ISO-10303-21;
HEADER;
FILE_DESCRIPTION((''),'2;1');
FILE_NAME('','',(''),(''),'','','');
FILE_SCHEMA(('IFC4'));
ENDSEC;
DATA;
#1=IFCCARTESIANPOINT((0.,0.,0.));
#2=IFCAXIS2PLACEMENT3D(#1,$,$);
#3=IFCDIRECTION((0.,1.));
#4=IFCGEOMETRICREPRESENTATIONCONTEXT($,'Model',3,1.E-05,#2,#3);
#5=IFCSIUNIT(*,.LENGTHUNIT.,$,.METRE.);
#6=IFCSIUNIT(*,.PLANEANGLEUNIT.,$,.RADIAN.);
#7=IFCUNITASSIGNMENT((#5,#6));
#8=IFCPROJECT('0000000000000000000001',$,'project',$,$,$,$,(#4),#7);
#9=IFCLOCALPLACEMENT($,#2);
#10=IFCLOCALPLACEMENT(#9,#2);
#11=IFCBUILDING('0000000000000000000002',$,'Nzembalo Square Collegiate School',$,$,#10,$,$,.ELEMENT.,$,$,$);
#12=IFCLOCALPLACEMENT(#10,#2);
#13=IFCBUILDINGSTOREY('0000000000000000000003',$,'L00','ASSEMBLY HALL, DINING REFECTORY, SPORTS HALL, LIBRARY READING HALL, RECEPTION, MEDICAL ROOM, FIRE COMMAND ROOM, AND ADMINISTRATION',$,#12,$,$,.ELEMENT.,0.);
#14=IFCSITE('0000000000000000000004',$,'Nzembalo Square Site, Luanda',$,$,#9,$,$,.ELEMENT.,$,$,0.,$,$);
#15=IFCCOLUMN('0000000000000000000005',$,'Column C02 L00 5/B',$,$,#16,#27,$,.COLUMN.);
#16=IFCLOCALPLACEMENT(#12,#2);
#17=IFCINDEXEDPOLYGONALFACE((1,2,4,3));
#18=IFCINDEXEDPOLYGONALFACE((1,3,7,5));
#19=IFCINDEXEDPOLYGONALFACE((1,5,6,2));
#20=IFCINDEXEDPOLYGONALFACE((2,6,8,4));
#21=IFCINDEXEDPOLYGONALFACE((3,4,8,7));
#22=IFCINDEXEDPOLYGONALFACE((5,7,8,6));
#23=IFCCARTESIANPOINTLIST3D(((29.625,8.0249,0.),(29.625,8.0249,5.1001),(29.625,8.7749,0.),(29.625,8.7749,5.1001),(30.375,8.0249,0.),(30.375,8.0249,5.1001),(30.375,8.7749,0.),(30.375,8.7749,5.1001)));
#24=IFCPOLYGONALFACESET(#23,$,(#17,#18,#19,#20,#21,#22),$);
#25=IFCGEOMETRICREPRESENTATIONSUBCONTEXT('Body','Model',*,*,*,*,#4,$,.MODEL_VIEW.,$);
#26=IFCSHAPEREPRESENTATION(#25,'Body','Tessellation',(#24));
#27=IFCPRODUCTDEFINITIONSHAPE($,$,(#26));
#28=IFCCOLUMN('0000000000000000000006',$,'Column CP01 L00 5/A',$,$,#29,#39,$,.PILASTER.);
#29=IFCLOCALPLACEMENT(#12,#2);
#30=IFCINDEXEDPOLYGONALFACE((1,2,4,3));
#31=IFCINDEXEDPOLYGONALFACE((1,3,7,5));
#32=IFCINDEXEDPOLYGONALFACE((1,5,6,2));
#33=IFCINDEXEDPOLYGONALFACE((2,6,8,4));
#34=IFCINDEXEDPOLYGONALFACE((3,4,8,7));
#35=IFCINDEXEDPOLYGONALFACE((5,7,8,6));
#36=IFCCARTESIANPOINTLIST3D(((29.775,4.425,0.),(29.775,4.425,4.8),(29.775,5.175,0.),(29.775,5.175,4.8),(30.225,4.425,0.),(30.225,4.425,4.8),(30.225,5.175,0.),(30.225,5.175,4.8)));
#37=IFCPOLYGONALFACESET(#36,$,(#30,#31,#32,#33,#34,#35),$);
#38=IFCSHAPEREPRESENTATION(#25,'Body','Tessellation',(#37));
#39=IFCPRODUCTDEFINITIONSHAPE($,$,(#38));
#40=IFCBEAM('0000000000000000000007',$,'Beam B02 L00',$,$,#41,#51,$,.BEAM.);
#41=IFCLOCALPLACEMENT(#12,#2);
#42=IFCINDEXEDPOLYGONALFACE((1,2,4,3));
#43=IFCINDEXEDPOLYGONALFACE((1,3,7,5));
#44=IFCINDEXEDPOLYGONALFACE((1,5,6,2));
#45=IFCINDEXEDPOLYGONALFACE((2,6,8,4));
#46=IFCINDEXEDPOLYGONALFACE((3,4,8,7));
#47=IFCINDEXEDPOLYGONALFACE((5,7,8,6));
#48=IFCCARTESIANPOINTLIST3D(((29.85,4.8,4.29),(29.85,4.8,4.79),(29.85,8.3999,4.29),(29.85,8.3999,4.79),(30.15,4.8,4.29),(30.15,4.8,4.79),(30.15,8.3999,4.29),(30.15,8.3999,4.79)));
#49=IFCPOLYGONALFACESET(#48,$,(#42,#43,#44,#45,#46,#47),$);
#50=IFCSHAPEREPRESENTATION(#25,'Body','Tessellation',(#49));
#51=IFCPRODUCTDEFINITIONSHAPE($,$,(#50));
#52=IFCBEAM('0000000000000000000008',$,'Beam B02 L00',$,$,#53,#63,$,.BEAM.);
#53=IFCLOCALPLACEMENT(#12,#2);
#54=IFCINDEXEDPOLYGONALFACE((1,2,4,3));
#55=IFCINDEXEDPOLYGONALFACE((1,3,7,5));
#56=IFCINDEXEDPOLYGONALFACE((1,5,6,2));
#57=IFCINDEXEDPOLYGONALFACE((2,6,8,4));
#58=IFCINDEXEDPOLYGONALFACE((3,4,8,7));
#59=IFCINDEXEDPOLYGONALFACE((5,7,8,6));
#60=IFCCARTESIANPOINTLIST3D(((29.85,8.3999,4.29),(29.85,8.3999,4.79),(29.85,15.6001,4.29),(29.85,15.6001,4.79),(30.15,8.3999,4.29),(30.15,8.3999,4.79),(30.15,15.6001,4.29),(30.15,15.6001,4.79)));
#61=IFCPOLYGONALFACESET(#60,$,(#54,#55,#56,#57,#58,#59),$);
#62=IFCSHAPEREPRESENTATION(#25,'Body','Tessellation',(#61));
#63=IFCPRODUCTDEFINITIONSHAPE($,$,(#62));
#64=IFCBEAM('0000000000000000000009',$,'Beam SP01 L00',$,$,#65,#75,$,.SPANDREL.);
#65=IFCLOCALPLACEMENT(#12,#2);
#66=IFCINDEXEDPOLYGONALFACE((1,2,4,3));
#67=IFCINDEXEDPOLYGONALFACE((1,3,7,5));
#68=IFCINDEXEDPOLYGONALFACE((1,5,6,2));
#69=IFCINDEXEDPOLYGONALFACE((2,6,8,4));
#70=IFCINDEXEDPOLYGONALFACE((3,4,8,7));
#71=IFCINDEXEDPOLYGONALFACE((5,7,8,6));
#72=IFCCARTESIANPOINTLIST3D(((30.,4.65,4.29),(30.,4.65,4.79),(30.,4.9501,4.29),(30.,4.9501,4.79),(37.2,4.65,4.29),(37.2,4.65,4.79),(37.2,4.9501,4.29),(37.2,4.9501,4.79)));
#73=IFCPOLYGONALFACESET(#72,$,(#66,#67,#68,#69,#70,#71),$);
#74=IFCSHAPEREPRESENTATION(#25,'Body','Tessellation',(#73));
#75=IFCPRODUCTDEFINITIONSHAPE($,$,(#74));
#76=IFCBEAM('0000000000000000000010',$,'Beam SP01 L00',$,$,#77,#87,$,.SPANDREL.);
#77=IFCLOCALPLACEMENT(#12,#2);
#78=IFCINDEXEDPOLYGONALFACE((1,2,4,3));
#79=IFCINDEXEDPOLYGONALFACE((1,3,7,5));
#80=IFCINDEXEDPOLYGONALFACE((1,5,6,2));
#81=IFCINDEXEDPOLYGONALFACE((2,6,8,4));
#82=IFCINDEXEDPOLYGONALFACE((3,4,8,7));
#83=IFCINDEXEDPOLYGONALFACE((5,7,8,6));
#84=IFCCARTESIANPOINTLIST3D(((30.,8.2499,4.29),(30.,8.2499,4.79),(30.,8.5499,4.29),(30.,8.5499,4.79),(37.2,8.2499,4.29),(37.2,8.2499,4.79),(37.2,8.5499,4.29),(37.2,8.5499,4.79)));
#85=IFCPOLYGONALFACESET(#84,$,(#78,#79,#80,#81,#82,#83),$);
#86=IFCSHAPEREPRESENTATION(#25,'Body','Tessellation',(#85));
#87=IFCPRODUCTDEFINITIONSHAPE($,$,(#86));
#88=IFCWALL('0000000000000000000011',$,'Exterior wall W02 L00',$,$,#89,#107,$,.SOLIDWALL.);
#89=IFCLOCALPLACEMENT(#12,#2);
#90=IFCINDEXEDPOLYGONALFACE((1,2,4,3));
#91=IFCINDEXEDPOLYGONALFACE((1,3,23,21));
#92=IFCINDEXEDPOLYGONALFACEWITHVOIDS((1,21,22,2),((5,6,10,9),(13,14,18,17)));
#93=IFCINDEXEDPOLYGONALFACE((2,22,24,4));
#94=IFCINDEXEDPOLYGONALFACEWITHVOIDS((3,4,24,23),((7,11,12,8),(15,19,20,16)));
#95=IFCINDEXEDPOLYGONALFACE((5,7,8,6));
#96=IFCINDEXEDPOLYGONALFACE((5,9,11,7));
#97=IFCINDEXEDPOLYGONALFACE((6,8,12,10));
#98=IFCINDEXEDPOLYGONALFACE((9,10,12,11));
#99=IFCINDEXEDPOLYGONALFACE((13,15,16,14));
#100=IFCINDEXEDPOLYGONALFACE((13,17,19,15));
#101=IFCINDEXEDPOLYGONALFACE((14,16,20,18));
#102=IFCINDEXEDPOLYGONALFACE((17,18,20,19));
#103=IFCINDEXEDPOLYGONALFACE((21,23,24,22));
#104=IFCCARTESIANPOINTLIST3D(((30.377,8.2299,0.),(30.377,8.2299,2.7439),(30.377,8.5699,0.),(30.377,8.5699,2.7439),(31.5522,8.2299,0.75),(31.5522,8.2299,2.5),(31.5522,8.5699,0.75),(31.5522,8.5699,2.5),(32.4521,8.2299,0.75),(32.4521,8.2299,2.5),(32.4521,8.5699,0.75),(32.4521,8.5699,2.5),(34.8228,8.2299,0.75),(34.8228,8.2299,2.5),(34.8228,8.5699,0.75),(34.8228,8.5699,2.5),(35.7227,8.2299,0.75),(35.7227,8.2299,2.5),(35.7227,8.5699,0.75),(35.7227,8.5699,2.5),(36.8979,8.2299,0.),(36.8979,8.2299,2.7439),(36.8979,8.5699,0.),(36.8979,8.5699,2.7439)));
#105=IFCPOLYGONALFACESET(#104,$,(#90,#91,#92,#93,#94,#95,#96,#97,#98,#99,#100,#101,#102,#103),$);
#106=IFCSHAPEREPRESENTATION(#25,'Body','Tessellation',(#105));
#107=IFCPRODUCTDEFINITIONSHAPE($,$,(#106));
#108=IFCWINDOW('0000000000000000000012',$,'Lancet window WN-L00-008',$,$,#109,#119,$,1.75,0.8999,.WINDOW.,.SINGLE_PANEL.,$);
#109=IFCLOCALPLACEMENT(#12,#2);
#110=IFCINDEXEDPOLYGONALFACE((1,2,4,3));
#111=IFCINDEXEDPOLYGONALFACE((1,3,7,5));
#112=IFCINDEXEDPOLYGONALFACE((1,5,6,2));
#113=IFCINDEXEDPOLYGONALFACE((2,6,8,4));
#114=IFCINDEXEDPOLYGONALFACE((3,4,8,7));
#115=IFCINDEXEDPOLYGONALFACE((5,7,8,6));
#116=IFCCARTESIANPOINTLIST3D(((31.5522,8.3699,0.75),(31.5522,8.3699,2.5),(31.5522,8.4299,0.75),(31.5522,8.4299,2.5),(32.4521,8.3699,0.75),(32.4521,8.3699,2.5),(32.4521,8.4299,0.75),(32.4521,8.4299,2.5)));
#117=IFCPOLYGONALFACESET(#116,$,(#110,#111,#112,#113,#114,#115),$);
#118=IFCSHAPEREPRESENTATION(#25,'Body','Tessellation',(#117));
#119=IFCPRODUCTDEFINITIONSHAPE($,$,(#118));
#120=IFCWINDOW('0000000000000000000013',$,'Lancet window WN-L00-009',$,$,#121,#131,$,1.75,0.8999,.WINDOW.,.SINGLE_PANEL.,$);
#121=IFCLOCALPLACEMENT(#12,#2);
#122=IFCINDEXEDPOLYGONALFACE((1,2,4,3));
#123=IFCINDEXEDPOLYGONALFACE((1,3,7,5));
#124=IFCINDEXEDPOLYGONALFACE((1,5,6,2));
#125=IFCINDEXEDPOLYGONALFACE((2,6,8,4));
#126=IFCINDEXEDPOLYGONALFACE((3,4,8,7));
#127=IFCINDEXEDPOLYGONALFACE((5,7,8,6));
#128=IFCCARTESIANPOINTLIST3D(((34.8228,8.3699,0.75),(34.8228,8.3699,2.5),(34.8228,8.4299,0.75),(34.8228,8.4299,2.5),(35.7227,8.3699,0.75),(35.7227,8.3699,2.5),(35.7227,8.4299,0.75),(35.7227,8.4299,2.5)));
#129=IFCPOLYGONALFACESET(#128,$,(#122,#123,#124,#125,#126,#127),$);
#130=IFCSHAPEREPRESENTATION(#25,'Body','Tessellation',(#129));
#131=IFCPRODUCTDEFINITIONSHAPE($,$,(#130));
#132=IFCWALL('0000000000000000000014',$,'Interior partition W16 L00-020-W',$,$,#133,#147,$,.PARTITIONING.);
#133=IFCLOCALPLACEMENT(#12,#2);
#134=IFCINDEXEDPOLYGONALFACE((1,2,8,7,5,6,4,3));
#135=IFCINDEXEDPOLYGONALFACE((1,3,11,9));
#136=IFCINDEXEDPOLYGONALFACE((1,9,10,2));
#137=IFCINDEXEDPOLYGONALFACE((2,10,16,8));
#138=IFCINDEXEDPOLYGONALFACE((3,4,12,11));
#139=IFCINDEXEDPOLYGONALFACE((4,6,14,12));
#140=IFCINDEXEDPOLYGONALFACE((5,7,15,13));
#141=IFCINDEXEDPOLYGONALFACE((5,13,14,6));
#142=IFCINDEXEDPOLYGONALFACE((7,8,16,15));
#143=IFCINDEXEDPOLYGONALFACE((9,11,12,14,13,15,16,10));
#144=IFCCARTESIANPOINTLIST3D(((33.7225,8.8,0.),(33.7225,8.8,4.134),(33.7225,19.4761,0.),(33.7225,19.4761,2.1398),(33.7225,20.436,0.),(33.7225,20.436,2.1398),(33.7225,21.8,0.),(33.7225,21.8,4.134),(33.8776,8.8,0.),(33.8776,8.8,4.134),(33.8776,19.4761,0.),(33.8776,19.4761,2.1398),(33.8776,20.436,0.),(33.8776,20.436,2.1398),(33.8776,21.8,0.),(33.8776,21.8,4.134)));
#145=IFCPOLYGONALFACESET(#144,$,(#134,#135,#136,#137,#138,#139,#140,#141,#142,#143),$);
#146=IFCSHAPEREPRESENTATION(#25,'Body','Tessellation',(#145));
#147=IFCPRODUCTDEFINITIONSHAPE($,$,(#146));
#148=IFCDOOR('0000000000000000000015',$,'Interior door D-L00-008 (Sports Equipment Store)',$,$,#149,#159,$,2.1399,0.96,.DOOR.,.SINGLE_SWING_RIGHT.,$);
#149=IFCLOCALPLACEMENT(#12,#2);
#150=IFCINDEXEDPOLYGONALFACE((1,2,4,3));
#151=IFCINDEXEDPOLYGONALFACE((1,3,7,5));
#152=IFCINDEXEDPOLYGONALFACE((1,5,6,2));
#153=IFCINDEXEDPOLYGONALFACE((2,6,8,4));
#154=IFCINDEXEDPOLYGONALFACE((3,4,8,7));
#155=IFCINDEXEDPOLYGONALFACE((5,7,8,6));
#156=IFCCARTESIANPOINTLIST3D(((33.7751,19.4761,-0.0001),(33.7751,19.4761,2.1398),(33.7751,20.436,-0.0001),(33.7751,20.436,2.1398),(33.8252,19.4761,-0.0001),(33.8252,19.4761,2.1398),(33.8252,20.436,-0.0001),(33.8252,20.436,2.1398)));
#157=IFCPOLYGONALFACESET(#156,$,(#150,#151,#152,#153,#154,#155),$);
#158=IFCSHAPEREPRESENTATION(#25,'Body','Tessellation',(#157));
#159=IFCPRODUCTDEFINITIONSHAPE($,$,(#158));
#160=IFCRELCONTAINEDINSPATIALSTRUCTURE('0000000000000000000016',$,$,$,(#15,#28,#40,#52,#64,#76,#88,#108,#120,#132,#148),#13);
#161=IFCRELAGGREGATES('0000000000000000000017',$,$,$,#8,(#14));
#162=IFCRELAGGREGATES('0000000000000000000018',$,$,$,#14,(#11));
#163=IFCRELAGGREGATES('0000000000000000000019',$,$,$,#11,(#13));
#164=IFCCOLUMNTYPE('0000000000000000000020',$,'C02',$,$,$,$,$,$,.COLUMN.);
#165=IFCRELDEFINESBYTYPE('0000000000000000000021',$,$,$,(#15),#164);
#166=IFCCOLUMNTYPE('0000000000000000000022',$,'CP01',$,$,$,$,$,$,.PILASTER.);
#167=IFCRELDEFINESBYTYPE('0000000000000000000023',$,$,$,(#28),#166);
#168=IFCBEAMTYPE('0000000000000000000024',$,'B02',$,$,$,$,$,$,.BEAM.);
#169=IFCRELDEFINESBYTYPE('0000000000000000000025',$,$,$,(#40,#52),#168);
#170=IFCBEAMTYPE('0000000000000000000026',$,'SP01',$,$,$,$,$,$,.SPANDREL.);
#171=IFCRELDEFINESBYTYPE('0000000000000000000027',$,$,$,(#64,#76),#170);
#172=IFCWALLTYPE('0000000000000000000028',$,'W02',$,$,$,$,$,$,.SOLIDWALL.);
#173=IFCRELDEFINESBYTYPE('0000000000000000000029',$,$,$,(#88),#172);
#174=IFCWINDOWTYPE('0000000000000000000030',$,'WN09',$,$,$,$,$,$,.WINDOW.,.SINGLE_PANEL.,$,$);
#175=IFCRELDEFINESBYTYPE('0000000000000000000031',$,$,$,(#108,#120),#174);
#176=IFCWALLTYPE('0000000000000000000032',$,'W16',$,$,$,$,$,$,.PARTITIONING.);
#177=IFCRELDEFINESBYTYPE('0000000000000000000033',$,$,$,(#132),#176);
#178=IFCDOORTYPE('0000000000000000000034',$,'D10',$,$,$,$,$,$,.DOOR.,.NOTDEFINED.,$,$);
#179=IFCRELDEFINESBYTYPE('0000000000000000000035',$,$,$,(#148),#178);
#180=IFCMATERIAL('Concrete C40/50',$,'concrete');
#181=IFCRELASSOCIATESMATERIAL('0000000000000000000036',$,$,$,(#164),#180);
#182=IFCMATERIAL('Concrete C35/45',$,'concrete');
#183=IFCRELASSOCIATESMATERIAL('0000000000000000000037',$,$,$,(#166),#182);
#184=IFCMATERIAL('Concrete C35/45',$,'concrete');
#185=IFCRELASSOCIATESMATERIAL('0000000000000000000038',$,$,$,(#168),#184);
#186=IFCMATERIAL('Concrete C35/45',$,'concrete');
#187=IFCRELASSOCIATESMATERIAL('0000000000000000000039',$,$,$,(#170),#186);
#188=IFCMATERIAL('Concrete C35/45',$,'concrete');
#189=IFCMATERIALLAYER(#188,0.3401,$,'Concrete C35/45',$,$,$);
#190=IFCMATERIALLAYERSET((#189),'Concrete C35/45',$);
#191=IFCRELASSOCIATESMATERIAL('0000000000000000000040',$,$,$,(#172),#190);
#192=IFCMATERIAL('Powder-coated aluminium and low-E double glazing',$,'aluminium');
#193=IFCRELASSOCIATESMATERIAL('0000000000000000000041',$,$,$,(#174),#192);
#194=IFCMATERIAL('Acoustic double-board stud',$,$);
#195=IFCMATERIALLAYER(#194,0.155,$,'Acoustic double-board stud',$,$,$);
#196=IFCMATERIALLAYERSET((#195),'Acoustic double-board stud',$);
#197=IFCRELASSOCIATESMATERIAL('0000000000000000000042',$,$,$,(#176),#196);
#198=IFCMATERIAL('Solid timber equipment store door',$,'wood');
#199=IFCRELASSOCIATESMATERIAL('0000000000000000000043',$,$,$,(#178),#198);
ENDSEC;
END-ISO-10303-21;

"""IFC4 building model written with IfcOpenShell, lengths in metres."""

from ifc_helpers import new_model, si_unit, direction, frame, frame_2d, origin, origin_2d, place, context, subcontext, project, spatial, rectangle, extrude, material, layer, layer_set, material_profile, profile_set, type_object, element, fill, save


model = new_model("IFC4")

# Units and contexts
model_context = context("Model", 3, precision=1e-05, world=origin(), true_north=direction((0.0, 1.0)))
body_context = subcontext(model_context, "Body", "Model", "MODEL_VIEW")
ifc_project = project(units=[si_unit("LENGTHUNIT", "METRE"), si_unit("PLANEANGLEUNIT", "RADIAN")], contexts=[model_context])

# Site, building, storey
site_placement = place(None, origin())
site = spatial("IfcSite", under=ifc_project, at=site_placement, Name="Nzembalo Square Site, Luanda", CompositionType="ELEMENT", RefElevation=0.0)
building_placement = place(site_placement, origin())
building = spatial("IfcBuilding", under=site, at=building_placement, Name="Nzembalo Square Collegiate School", CompositionType="ELEMENT")
storey_placement = place(building_placement, origin())
storey = spatial("IfcBuildingStorey", under=building, at=storey_placement, Name="L00", Description="ASSEMBLY HALL, DINING REFECTORY, SPORTS HALL, LIBRARY READING HALL, RECEPTION, MEDICAL ROOM, FIRE COMMAND ROOM, AND ADMINISTRATION", CompositionType="ELEMENT", Elevation=0.0)

# Columns
ifc_material_1 = material(Name="Concrete C40/50", Category="concrete")
ifc_material_profile_1 = material_profile(ifc_material_1, rectangle(XDim=0.75, YDim=0.75, at=origin_2d()), Name="RC 750x750")
ifc_profile_set_1 = profile_set([ifc_material_profile_1], Name="Concrete C40/50")
column_type_1 = type_object("IfcColumnType", Name="C02", PredefinedType="COLUMN", material=ifc_profile_set_1)
column_1_placement = place(storey_placement, frame((30.0, 8.3999, 0.0), z_axis=(0.0, 0.0, 1.0), x_axis=(1.0, 0.0, 0.0)))
element("IfcColumn", 1, at=column_1_placement, inside=storey, type_object=column_type_1, Name="Column C02 L00 5/B", PredefinedType="COLUMN", context=body_context, shape_type="SweptSolid", body=[
    extrude(rectangle(XDim=0.75, YDim=0.75, at=origin_2d()), origin(), (0.0, 0.0, 1.0), 5.1001),
])
ifc_material_2 = material(Name="Concrete C35/45", Category="concrete")
ifc_material_profile_2 = material_profile(ifc_material_2, rectangle(XDim=0.45, YDim=0.75, at=origin_2d()), Name="RC 450x750")
ifc_profile_set_2 = profile_set([ifc_material_profile_2], Name="Concrete C35/45")
column_type_2 = type_object("IfcColumnType", Name="CP01", PredefinedType="PILASTER", material=ifc_profile_set_2)
column_2_placement = place(storey_placement, frame((30.0, 4.8, 0.0), z_axis=(0.0, 0.0, 1.0), x_axis=(1.0, 0.0, 0.0)))
element("IfcColumn", 2, at=column_2_placement, inside=storey, type_object=column_type_2, Name="Column CP01 L00 5/A", PredefinedType="PILASTER", context=body_context, shape_type="SweptSolid", body=[
    extrude(rectangle(XDim=0.45, YDim=0.75, at=origin_2d()), origin(), (0.0, 0.0, 1.0), 4.8),
])

# Beams
ifc_material_3 = material(Name="Concrete C35/45", Category="concrete")
ifc_material_profile_3 = material_profile(ifc_material_3, rectangle(XDim=0.3, YDim=0.5, at=origin_2d()), Name="RC 300x500")
ifc_profile_set_3 = profile_set([ifc_material_profile_3], Name="Concrete C35/45")
beam_type_1 = type_object("IfcBeamType", Name="B02", PredefinedType="BEAM", material=ifc_profile_set_3)
beam_1_placement = place(storey_placement, frame((30.0, 4.8, 4.54), z_axis=(0.0, 1.0, 0.0), x_axis=(-1.0, 0.0, 0.0)))
element("IfcBeam", 3, at=beam_1_placement, inside=storey, type_object=beam_type_1, Name="Beam B02 L00", PredefinedType="BEAM", context=body_context, shape_type="SweptSolid", body=[
    extrude(rectangle(XDim=0.3, YDim=0.5, at=origin_2d()), origin(), (0.0, 0.0, 1.0), 3.5999),
])
beam_2_placement = place(storey_placement, frame((30.0, 8.3999, 4.54), z_axis=(0.0, 1.0, 0.0), x_axis=(-1.0, 0.0, 0.0)))
element("IfcBeam", 4, at=beam_2_placement, inside=storey, type_object=beam_type_1, Name="Beam B02 L00", PredefinedType="BEAM", context=body_context, shape_type="SweptSolid", body=[
    extrude(rectangle(XDim=0.3, YDim=0.5, at=origin_2d()), origin(), (0.0, 0.0, 1.0), 7.2002),
])
ifc_material_4 = material(Name="Concrete C35/45", Category="concrete")
ifc_material_profile_4 = material_profile(ifc_material_4, rectangle(XDim=0.3, YDim=0.5, at=origin_2d()), Name="RC 300x500")
ifc_profile_set_4 = profile_set([ifc_material_profile_4], Name="Concrete C35/45")
beam_type_2 = type_object("IfcBeamType", Name="SP01", PredefinedType="SPANDREL", material=ifc_profile_set_4)
for number, where, z_axis, x_axis, name in (
    (5, (30.0, 4.8, 4.54), (1.0, 0.0, 0.0), (0.0, 1.0, 0.0), "Beam SP01 L00"),
    (6, (30.0, 8.3999, 4.54), (1.0, 0.0, 0.0), (0.0, 1.0, 0.0), "Beam SP01 L00"),
):
    element("IfcBeam", number, at=place(storey_placement, frame(where, z_axis=z_axis, x_axis=x_axis)), inside=storey, type_object=beam_type_2, Name=name, PredefinedType="SPANDREL", context=body_context, shape_type="SweptSolid", body=[
        extrude(rectangle(XDim=0.3, YDim=0.5, at=origin_2d()), origin(), (0.0, 0.0, 1.0), 7.2),
    ])

# Wall, openings, windows
ifc_material_5 = material(Name="Concrete C35/45", Category="concrete")
ifc_layer_1 = layer(ifc_material_5, 0.3401, Name="Concrete C35/45")
ifc_layer_set_1 = layer_set([ifc_layer_1], Name="Concrete C35/45")
wall_type_1 = type_object("IfcWallType", Name="W02", PredefinedType="SOLIDWALL", material=ifc_layer_set_1)
wall_1_placement = place(storey_placement, frame((30.377, 8.3999, 0.0), z_axis=(0.0, 0.0, 1.0), x_axis=(1.0, 0.0, 0.0)))
wall_1 = element("IfcWall", 7, at=wall_1_placement, inside=storey, type_object=wall_type_1, Name="Exterior wall W02 L00", PredefinedType="SOLIDWALL", context=body_context, shape_type="SweptSolid", body=[
    extrude(rectangle(XDim=6.521, YDim=0.3401, at=frame_2d((3.2605, 0.0))), origin(), (0.0, 0.0, 1.0), 2.7439),
])
opening_1_placement = place(wall_1_placement, frame((1.1753, 0.0, 0.75)))
opening_1 = element("IfcOpeningElement", 8, at=opening_1_placement, cuts=wall_1, PredefinedType="OPENING", context=body_context, shape_type="SweptSolid", body=[
    extrude(rectangle(XDim=0.8999, YDim=1.75, at=frame_2d((0.45, 0.875))), frame((0.0, 0.1802, 0.0), z_axis=(0.0, -1.0, 0.0), x_axis=(1.0, 0.0, 0.0)), (0.0, 0.0, 1.0), 0.3601),
])
opening_2_placement = place(wall_1_placement, frame((4.4458, 0.0, 0.75)))
opening_2 = element("IfcOpeningElement", 9, at=opening_2_placement, cuts=wall_1, PredefinedType="OPENING", context=body_context, shape_type="SweptSolid", body=[
    extrude(rectangle(XDim=0.8999, YDim=1.75, at=frame_2d((0.45, 0.875))), frame((0.0, 0.1802, 0.0), z_axis=(0.0, -1.0, 0.0), x_axis=(1.0, 0.0, 0.0)), (0.0, 0.0, 1.0), 0.3601),
])
ifc_material_6 = material(Name="Powder-coated aluminium and low-E double glazing", Category="aluminium")
window_type = type_object("IfcWindowType", Name="WN09", PartitioningType="SINGLE_PANEL", PredefinedType="WINDOW", material=ifc_material_6)
window_1_placement = place(opening_1_placement, origin())
window_1 = element("IfcWindow", 10, at=window_1_placement, inside=storey, type_object=window_type, Name="Lancet window WN-L00-008", OverallHeight=1.75, OverallWidth=0.8999, PartitioningType="SINGLE_PANEL", PredefinedType="WINDOW", context=body_context, shape_type="SweptSolid", body=[
    extrude(rectangle(XDim=0.8999, YDim=1.75, at=frame_2d((0.45, 0.875))), frame((0.0, 0.03, 0.0), z_axis=(0.0, -1.0, 0.0), x_axis=(1.0, 0.0, 0.0)), (0.0, 0.0, 1.0), 0.0601),
])
fill(opening_1, window_1)
window_2_placement = place(opening_2_placement, origin())
window_2 = element("IfcWindow", 11, at=window_2_placement, inside=storey, type_object=window_type, Name="Lancet window WN-L00-009", OverallHeight=1.75, OverallWidth=0.8999, PartitioningType="SINGLE_PANEL", PredefinedType="WINDOW", context=body_context, shape_type="SweptSolid", body=[
    extrude(rectangle(XDim=0.8999, YDim=1.75, at=frame_2d((0.45, 0.875))), frame((0.0, 0.03, 0.0), z_axis=(0.0, -1.0, 0.0), x_axis=(1.0, 0.0, 0.0)), (0.0, 0.0, 1.0), 0.0601),
])
fill(opening_2, window_2)

# Wall, opening, door
ifc_material_7 = material(Name="Acoustic double-board stud")
ifc_layer_2 = layer(ifc_material_7, 0.155, Name="Acoustic double-board stud")
ifc_layer_set_2 = layer_set([ifc_layer_2], Name="Acoustic double-board stud")
wall_type_2 = type_object("IfcWallType", Name="W16", PredefinedType="PARTITIONING", material=ifc_layer_set_2)
wall_2_placement = place(storey_placement, frame((33.8, 8.8, 0.0), z_axis=(0.0, 0.0, 1.0), x_axis=(0.0, 1.0, 0.0)))
wall_2 = element("IfcWall", 12, at=wall_2_placement, inside=storey, type_object=wall_type_2, Name="Interior partition W16 L00-020-W", PredefinedType="PARTITIONING", context=body_context, shape_type="SweptSolid", body=[
    extrude(rectangle(XDim=13.0, YDim=0.155, at=frame_2d((6.5, 0.0))), origin(), (0.0, 0.0, 1.0), 4.134),
])
opening_3_placement = place(wall_2_placement, frame((10.676, 0.0, 0.0)))
opening_3 = element("IfcOpeningElement", 13, at=opening_3_placement, cuts=wall_2, PredefinedType="OPENING", context=body_context, shape_type="SweptSolid", body=[
    extrude(rectangle(XDim=0.96, YDim=2.1399, at=frame_2d((0.48, 1.0698))), frame((0.0, 0.0874, 0.0), z_axis=(0.0, -1.0, 0.0), x_axis=(1.0, 0.0, 0.0)), (0.0, 0.0, 1.0), 0.175),
])
ifc_material_8 = material(Name="Solid timber equipment store door", Category="wood")
door_type = type_object("IfcDoorType", Name="D10", OperationType="NOTDEFINED", PredefinedType="DOOR", material=ifc_material_8)
door_placement = place(opening_3_placement, origin())
door = element("IfcDoor", 14, at=door_placement, inside=storey, type_object=door_type, Name="Interior door D-L00-008 (Sports Equipment Store)", OperationType="SINGLE_SWING_RIGHT", OverallHeight=2.1399, OverallWidth=0.96, PredefinedType="DOOR", context=body_context, shape_type="SweptSolid", body=[
    extrude(rectangle(XDim=0.96, YDim=2.1399, at=frame_2d((0.48, 1.0698))), frame((0.0, 0.0249, 0.0), z_axis=(0.0, -1.0, 0.0), x_axis=(1.0, 0.0, 0.0)), (0.0, 0.0, 1.0), 0.05),
])
fill(opening_3, door)

save(model, "model.ifc")
